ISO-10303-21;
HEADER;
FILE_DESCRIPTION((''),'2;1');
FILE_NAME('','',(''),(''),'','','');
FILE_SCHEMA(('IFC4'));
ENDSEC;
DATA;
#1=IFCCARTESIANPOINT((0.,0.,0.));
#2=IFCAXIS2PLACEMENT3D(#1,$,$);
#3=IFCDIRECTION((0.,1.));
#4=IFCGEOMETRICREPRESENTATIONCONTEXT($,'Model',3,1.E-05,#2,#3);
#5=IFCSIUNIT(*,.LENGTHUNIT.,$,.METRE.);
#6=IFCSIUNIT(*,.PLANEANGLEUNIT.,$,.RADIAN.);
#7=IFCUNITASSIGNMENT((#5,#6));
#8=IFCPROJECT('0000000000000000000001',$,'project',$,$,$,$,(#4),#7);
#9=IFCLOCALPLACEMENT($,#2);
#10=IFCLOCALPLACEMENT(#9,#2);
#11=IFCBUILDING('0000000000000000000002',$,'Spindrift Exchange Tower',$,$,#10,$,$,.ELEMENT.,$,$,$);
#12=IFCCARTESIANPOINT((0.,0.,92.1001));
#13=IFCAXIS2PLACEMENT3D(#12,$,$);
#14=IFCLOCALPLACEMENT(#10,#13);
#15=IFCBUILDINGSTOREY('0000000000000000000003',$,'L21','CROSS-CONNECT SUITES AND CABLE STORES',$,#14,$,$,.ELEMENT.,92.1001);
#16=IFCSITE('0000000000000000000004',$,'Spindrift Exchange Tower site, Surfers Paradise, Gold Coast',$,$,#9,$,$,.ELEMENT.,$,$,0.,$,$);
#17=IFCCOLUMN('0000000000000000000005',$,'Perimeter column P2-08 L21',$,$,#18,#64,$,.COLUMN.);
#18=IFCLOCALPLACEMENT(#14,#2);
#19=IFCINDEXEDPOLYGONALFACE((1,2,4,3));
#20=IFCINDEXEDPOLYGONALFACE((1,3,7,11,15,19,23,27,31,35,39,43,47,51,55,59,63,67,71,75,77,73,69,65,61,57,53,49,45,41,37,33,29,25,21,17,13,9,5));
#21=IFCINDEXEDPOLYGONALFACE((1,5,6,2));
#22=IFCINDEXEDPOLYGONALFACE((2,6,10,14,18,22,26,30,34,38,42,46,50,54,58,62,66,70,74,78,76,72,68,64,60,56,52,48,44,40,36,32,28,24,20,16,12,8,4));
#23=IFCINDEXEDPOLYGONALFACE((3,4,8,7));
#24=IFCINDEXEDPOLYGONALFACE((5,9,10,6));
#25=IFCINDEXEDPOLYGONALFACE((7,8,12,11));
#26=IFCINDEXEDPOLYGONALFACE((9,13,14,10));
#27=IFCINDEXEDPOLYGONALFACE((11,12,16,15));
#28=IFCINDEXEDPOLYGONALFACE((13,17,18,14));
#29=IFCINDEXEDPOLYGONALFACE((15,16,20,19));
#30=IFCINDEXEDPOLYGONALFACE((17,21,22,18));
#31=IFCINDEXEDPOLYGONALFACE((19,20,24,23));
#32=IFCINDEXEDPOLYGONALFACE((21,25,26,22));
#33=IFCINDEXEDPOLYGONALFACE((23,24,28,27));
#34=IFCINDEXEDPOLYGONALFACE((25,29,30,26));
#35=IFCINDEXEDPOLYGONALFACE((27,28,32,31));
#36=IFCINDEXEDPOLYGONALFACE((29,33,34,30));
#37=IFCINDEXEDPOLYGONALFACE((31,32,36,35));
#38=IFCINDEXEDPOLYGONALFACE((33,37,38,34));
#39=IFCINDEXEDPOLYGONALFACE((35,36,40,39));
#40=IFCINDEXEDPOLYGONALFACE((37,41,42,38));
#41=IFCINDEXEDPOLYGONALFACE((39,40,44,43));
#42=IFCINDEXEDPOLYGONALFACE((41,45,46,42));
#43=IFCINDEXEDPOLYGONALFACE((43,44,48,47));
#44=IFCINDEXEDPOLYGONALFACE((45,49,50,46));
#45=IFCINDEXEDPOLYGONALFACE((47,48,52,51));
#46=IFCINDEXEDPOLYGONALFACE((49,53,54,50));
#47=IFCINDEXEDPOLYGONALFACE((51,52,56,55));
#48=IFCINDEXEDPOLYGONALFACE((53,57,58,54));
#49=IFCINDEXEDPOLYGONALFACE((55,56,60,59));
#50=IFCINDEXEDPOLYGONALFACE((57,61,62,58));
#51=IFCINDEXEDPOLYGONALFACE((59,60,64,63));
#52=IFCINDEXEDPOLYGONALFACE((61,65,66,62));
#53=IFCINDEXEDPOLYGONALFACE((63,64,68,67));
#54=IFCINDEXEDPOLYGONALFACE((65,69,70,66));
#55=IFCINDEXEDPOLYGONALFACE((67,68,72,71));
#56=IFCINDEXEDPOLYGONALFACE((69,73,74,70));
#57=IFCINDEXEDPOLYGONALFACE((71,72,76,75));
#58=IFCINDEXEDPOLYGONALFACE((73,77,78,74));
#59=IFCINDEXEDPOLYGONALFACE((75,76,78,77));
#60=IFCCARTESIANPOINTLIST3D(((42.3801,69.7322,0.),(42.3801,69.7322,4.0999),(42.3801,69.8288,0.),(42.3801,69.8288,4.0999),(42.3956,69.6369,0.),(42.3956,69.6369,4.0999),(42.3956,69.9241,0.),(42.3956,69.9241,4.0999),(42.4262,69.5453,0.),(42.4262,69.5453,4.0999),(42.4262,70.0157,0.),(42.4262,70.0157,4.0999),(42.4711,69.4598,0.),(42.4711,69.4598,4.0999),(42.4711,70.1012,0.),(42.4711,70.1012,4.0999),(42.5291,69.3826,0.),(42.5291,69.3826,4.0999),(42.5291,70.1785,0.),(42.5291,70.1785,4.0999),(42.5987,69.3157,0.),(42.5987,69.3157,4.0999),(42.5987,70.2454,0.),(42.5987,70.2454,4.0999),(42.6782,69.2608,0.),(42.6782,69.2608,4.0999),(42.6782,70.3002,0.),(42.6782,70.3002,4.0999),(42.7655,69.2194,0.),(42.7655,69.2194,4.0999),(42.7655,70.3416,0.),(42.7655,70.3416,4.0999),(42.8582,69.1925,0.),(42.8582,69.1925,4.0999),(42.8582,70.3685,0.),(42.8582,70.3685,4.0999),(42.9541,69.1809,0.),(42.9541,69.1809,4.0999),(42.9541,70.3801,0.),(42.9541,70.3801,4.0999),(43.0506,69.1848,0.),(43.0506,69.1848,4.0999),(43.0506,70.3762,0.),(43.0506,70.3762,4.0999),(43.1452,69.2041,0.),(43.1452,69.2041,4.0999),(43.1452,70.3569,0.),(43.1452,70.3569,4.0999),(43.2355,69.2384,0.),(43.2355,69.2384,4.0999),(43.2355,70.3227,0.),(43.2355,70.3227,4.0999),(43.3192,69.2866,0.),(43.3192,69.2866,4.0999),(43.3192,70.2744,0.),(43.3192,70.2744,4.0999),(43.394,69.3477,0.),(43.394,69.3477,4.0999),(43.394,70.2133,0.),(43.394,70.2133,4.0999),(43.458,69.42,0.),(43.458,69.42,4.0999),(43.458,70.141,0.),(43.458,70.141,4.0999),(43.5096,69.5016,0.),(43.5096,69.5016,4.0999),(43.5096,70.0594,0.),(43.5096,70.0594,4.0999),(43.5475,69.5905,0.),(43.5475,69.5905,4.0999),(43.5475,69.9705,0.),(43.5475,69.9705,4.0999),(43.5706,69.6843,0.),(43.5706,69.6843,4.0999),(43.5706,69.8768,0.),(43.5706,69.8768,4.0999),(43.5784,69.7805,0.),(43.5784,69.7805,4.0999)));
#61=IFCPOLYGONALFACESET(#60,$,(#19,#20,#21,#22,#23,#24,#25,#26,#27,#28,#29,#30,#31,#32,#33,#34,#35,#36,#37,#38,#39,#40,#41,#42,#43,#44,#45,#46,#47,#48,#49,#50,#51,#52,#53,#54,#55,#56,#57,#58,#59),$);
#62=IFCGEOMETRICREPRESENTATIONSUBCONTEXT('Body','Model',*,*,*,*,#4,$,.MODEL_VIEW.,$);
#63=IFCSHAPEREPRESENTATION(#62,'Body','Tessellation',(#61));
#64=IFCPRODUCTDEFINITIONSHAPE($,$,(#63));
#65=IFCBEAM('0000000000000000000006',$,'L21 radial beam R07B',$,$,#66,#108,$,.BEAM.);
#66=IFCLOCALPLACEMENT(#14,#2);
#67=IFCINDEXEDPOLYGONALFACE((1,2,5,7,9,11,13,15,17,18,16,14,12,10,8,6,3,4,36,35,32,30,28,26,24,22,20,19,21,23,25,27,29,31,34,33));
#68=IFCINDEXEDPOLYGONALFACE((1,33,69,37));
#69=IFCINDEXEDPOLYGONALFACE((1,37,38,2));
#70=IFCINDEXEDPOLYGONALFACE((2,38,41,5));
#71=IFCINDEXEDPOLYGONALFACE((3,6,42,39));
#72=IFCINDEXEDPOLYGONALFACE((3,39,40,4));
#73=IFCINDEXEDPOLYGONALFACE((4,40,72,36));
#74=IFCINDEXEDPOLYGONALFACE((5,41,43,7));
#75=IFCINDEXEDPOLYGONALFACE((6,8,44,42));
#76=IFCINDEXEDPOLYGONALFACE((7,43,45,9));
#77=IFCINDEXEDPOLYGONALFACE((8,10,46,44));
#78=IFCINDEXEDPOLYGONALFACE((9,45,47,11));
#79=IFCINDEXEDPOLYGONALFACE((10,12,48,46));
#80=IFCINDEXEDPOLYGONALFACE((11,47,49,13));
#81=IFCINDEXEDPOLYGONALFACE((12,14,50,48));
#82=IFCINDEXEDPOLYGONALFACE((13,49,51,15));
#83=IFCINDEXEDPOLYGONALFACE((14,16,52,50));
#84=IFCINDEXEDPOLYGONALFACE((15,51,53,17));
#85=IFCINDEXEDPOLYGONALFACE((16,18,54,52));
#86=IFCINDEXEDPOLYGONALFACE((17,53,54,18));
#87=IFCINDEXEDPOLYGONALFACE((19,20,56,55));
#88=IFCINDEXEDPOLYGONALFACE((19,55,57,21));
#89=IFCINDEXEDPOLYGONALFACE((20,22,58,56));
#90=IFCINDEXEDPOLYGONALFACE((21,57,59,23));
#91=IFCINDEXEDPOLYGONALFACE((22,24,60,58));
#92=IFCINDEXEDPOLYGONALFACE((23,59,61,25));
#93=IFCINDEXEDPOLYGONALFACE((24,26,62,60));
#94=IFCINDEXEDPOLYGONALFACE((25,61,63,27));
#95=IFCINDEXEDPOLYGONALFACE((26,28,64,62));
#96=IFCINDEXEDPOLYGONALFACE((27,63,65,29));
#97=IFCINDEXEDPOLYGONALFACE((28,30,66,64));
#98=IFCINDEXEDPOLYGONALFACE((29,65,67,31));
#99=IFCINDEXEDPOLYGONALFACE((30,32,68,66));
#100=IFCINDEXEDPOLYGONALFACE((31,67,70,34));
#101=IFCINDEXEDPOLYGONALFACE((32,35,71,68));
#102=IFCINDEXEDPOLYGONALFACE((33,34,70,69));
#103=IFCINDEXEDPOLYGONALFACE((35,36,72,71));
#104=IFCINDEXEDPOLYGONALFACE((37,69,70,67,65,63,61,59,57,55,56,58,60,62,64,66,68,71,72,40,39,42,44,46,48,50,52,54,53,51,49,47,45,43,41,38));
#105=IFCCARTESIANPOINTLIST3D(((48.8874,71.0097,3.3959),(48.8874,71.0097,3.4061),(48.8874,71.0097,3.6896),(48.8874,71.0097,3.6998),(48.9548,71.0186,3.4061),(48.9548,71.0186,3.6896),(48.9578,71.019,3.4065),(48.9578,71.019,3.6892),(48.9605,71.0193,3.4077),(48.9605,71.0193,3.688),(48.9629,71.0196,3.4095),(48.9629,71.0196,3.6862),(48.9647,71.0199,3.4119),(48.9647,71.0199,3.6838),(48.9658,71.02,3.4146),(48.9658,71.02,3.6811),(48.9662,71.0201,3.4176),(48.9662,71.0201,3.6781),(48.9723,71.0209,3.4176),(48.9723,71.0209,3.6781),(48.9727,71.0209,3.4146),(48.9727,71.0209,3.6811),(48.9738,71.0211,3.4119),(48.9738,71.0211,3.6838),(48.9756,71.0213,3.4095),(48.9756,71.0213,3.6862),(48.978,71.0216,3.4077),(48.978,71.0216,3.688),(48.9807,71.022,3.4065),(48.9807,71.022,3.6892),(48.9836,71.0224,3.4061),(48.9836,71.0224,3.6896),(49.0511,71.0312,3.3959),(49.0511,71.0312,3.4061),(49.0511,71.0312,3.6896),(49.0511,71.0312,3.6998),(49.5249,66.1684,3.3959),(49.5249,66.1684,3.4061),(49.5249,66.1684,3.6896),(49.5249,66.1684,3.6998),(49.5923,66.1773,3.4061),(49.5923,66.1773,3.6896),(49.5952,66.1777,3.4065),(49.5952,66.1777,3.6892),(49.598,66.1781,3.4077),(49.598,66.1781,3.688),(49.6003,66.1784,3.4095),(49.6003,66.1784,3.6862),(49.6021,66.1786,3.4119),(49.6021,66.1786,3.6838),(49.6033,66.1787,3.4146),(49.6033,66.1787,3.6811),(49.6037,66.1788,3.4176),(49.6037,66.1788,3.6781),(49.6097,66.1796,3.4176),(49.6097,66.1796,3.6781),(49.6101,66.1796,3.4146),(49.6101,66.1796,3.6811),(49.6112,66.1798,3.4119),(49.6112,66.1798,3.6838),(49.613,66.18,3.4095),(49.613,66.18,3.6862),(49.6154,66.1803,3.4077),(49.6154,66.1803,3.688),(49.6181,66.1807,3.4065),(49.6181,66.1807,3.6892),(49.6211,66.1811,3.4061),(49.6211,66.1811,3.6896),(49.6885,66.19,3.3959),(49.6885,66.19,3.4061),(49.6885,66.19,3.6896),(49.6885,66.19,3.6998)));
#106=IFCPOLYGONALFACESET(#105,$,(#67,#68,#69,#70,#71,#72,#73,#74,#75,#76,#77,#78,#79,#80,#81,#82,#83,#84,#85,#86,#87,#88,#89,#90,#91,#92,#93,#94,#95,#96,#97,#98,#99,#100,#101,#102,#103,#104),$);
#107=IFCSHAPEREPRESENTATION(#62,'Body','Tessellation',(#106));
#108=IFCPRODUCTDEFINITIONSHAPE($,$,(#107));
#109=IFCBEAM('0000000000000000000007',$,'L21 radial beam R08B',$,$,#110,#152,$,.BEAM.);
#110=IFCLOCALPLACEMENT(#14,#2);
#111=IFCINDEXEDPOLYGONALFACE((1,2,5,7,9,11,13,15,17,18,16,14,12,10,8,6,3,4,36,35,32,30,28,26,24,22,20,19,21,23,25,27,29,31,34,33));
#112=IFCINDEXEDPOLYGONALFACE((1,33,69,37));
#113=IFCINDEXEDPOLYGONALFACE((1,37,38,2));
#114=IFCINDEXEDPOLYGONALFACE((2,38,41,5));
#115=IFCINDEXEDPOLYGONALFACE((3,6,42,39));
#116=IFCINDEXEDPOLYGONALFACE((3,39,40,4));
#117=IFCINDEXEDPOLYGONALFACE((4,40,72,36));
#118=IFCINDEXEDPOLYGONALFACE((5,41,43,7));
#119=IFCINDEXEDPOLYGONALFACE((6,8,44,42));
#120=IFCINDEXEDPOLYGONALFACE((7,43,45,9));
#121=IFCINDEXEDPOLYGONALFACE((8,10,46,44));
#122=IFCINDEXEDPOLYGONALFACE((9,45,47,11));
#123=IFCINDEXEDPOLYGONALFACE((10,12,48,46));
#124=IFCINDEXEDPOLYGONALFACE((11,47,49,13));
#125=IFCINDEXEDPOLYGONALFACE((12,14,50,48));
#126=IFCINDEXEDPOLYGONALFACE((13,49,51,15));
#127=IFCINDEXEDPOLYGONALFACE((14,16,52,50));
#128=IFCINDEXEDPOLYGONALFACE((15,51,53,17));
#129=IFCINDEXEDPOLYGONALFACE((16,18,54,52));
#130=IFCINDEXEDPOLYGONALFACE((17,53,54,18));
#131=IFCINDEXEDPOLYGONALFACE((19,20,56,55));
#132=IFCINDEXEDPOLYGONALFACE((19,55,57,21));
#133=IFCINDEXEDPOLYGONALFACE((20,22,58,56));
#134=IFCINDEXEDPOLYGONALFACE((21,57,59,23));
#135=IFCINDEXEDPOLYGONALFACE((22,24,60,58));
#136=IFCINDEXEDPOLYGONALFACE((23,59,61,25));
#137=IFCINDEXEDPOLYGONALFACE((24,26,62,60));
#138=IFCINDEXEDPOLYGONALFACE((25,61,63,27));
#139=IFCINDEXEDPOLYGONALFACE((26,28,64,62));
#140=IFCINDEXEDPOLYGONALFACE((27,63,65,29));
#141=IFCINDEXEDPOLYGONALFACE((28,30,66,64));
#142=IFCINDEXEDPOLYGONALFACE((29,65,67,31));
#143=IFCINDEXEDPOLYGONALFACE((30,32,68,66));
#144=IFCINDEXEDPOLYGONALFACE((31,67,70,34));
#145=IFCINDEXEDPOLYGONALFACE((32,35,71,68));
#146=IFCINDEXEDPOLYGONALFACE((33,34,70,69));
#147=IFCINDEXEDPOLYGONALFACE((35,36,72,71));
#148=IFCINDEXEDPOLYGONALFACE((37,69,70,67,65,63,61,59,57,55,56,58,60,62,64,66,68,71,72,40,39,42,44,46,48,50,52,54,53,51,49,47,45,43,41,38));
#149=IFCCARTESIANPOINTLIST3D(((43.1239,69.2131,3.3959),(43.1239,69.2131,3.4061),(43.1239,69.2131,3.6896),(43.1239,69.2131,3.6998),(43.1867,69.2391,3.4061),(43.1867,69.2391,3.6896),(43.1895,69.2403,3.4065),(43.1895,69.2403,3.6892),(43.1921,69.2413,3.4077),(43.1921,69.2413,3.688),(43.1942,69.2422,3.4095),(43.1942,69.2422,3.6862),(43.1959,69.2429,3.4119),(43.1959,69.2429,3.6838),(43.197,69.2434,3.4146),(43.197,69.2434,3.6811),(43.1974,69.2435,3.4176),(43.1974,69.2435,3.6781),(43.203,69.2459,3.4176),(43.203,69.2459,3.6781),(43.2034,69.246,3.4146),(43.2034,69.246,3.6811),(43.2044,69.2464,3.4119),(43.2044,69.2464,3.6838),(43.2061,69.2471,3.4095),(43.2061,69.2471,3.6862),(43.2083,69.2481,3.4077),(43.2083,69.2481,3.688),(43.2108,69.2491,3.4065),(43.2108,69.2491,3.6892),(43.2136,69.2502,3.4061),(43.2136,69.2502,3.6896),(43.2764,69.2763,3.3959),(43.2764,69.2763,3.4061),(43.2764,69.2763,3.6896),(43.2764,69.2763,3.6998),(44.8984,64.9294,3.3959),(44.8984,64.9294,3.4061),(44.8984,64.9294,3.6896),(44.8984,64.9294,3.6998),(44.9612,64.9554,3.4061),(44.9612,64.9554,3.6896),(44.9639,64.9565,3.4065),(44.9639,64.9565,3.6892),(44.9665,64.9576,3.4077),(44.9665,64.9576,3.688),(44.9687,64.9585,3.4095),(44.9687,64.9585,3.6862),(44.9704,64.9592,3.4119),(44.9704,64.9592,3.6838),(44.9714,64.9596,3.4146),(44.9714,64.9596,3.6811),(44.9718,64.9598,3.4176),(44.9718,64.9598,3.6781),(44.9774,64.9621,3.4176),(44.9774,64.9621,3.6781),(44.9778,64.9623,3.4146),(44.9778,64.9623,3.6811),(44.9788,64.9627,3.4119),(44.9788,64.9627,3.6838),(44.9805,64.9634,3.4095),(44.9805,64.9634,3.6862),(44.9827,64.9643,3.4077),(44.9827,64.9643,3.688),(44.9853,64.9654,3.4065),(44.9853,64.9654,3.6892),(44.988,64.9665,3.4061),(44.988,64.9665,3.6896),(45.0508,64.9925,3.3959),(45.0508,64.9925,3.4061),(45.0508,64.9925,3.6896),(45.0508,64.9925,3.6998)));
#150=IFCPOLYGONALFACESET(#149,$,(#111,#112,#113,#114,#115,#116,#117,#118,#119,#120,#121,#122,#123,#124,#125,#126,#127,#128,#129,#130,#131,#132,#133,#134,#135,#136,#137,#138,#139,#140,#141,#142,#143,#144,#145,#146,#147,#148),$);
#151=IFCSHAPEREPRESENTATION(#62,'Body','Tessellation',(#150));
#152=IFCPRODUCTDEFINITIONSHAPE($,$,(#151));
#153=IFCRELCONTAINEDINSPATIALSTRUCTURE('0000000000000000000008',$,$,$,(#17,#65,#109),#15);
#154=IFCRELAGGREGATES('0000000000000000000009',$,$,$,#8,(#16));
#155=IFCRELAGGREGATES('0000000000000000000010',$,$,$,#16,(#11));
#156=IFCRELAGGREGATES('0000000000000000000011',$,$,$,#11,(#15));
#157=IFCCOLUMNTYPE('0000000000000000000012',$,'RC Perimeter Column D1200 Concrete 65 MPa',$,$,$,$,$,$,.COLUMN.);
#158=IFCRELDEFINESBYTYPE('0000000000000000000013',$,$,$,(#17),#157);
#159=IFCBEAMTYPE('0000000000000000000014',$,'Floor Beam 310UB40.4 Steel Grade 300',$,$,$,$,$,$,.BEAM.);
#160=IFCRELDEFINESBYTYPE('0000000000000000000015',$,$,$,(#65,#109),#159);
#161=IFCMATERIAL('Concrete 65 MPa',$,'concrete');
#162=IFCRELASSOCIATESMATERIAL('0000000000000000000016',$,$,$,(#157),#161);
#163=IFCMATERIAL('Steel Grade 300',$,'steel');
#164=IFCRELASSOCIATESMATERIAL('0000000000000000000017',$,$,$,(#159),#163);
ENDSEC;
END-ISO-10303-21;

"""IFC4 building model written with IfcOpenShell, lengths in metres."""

from ifc_helpers import new_model, si_unit, direction, frame, origin, origin_2d, place, context, subcontext, project, spatial, circle, i_section, extrude, source, transform, mapped, material, material_profile, profile_set, type_object, element, save


model = new_model("IFC4")

# Units and contexts
model_context = context("Model", 3, precision=1e-05, world=origin(), true_north=direction((0.0, 1.0)))
body_context = subcontext(model_context, "Body", "Model", "MODEL_VIEW")
ifc_project = project(units=[si_unit("LENGTHUNIT", "METRE"), si_unit("PLANEANGLEUNIT", "RADIAN")], contexts=[model_context])

# Site, building, storey
site_placement = place(None, origin())
site = spatial("IfcSite", under=ifc_project, at=site_placement, Name="Spindrift Exchange Tower site, Surfers Paradise, Gold Coast", CompositionType="ELEMENT", RefElevation=0.0)
building_placement = place(site_placement, origin())
building = spatial("IfcBuilding", under=site, at=building_placement, Name="Spindrift Exchange Tower", CompositionType="ELEMENT")
storey_placement = place(building_placement, frame((0.0, 0.0, 92.1001)))
storey = spatial("IfcBuildingStorey", under=building, at=storey_placement, Name="L21", Description="CROSS-CONNECT SUITES AND CABLE STORES", CompositionType="ELEMENT", Elevation=92.1001)

# Column
ifc_material_1 = material(Name="Concrete 65 MPa", Category="concrete")
ifc_material_profile_1 = material_profile(ifc_material_1, circle(Radius=0.6001, at=origin_2d()), Name="RC D1200")
ifc_profile_set_1 = profile_set([ifc_material_profile_1], Name="Concrete 65 MPa")
column_type_1 = type_object("IfcColumnType", Name="RC Perimeter Column D1200 Concrete 65 MPa", PredefinedType="COLUMN", material=ifc_profile_set_1)
shared_shape_1 = source(origin(), body_context, "Body", "SweptSolid", [
    extrude(circle(Radius=0.6001, at=origin_2d()), origin(), (0.0, 0.0, 1.0), 4.0999),
])
for number, where, z_axis, x_axis, name in (
    (1, (42.9783, 69.7805, 0.0), (0.0, 0.0, 1.0), (1.0, 0.0, 0.0), "Perimeter column P2-08 L21"),
):
    element("IfcColumn", number, at=place(storey_placement, frame(where, z_axis=z_axis, x_axis=x_axis)), inside=storey, type_object=column_type_1, Name=name, PredefinedType="COLUMN", context=body_context, shape_type="MappedRepresentation", body=[
        mapped(shared_shape_1, transform((0.0, 0.0, 0.0), scale=1.0)),
    ])

# Beams
ifc_material_2 = material(Name="Steel Grade 300", Category="steel")
ifc_material_profile_2 = material_profile(ifc_material_2, i_section(OverallWidth=0.165, OverallDepth=0.304, WebThickness=0.0061, FlangeThickness=0.0103, FilletRadius=0.0115, at=origin_2d()), Name="310UB40.4")
ifc_profile_set_2 = profile_set([ifc_material_profile_2], Name="Steel Grade 300")
beam_type_1 = type_object("IfcBeamType", Name="Floor Beam 310UB40.4 Steel Grade 300", PredefinedType="BEAM", material=ifc_profile_set_2)
shared_shape_2 = source(origin(), body_context, "Body", "SweptSolid", [
    extrude(i_section(OverallWidth=0.165, OverallDepth=0.304, WebThickness=0.0061, FlangeThickness=0.0103, FilletRadius=0.0115, at=origin_2d()), origin(), (0.0, 0.0, 1.0), 4.8831),
])
beam_1_placement = place(storey_placement, frame((49.6067, 66.1792, 3.5479), z_axis=(-0.130542, 0.991443, 0.0), x_axis=(-0.991443, -0.130542, 0.0)))
element("IfcBeam", 2, at=beam_1_placement, inside=storey, type_object=beam_type_1, Name="L21 radial beam R07B", PredefinedType="BEAM", context=body_context, shape_type="MappedRepresentation", body=[
    mapped(shared_shape_2, transform((0.0, 0.0, 0.0), scale=1.0)),
])
shared_shape_3 = source(origin(), body_context, "Body", "SweptSolid", [
    extrude(i_section(OverallWidth=0.165, OverallDepth=0.304, WebThickness=0.0061, FlangeThickness=0.0103, FilletRadius=0.0115, at=origin_2d()), origin(), (0.0, 0.0, 1.0), 4.6367),
])
beam_2_placement = place(storey_placement, frame((44.9746, 64.9609, 3.5479), z_axis=(-0.382693, 0.923876, 0.0), x_axis=(-0.923876, -0.382693, 0.0)))
element("IfcBeam", 3, at=beam_2_placement, inside=storey, type_object=beam_type_1, Name="L21 radial beam R08B", PredefinedType="BEAM", context=body_context, shape_type="MappedRepresentation", body=[
    mapped(shared_shape_3, transform((0.0, 0.0, 0.0), scale=1.0)),
])

save(model, "model.ifc")
